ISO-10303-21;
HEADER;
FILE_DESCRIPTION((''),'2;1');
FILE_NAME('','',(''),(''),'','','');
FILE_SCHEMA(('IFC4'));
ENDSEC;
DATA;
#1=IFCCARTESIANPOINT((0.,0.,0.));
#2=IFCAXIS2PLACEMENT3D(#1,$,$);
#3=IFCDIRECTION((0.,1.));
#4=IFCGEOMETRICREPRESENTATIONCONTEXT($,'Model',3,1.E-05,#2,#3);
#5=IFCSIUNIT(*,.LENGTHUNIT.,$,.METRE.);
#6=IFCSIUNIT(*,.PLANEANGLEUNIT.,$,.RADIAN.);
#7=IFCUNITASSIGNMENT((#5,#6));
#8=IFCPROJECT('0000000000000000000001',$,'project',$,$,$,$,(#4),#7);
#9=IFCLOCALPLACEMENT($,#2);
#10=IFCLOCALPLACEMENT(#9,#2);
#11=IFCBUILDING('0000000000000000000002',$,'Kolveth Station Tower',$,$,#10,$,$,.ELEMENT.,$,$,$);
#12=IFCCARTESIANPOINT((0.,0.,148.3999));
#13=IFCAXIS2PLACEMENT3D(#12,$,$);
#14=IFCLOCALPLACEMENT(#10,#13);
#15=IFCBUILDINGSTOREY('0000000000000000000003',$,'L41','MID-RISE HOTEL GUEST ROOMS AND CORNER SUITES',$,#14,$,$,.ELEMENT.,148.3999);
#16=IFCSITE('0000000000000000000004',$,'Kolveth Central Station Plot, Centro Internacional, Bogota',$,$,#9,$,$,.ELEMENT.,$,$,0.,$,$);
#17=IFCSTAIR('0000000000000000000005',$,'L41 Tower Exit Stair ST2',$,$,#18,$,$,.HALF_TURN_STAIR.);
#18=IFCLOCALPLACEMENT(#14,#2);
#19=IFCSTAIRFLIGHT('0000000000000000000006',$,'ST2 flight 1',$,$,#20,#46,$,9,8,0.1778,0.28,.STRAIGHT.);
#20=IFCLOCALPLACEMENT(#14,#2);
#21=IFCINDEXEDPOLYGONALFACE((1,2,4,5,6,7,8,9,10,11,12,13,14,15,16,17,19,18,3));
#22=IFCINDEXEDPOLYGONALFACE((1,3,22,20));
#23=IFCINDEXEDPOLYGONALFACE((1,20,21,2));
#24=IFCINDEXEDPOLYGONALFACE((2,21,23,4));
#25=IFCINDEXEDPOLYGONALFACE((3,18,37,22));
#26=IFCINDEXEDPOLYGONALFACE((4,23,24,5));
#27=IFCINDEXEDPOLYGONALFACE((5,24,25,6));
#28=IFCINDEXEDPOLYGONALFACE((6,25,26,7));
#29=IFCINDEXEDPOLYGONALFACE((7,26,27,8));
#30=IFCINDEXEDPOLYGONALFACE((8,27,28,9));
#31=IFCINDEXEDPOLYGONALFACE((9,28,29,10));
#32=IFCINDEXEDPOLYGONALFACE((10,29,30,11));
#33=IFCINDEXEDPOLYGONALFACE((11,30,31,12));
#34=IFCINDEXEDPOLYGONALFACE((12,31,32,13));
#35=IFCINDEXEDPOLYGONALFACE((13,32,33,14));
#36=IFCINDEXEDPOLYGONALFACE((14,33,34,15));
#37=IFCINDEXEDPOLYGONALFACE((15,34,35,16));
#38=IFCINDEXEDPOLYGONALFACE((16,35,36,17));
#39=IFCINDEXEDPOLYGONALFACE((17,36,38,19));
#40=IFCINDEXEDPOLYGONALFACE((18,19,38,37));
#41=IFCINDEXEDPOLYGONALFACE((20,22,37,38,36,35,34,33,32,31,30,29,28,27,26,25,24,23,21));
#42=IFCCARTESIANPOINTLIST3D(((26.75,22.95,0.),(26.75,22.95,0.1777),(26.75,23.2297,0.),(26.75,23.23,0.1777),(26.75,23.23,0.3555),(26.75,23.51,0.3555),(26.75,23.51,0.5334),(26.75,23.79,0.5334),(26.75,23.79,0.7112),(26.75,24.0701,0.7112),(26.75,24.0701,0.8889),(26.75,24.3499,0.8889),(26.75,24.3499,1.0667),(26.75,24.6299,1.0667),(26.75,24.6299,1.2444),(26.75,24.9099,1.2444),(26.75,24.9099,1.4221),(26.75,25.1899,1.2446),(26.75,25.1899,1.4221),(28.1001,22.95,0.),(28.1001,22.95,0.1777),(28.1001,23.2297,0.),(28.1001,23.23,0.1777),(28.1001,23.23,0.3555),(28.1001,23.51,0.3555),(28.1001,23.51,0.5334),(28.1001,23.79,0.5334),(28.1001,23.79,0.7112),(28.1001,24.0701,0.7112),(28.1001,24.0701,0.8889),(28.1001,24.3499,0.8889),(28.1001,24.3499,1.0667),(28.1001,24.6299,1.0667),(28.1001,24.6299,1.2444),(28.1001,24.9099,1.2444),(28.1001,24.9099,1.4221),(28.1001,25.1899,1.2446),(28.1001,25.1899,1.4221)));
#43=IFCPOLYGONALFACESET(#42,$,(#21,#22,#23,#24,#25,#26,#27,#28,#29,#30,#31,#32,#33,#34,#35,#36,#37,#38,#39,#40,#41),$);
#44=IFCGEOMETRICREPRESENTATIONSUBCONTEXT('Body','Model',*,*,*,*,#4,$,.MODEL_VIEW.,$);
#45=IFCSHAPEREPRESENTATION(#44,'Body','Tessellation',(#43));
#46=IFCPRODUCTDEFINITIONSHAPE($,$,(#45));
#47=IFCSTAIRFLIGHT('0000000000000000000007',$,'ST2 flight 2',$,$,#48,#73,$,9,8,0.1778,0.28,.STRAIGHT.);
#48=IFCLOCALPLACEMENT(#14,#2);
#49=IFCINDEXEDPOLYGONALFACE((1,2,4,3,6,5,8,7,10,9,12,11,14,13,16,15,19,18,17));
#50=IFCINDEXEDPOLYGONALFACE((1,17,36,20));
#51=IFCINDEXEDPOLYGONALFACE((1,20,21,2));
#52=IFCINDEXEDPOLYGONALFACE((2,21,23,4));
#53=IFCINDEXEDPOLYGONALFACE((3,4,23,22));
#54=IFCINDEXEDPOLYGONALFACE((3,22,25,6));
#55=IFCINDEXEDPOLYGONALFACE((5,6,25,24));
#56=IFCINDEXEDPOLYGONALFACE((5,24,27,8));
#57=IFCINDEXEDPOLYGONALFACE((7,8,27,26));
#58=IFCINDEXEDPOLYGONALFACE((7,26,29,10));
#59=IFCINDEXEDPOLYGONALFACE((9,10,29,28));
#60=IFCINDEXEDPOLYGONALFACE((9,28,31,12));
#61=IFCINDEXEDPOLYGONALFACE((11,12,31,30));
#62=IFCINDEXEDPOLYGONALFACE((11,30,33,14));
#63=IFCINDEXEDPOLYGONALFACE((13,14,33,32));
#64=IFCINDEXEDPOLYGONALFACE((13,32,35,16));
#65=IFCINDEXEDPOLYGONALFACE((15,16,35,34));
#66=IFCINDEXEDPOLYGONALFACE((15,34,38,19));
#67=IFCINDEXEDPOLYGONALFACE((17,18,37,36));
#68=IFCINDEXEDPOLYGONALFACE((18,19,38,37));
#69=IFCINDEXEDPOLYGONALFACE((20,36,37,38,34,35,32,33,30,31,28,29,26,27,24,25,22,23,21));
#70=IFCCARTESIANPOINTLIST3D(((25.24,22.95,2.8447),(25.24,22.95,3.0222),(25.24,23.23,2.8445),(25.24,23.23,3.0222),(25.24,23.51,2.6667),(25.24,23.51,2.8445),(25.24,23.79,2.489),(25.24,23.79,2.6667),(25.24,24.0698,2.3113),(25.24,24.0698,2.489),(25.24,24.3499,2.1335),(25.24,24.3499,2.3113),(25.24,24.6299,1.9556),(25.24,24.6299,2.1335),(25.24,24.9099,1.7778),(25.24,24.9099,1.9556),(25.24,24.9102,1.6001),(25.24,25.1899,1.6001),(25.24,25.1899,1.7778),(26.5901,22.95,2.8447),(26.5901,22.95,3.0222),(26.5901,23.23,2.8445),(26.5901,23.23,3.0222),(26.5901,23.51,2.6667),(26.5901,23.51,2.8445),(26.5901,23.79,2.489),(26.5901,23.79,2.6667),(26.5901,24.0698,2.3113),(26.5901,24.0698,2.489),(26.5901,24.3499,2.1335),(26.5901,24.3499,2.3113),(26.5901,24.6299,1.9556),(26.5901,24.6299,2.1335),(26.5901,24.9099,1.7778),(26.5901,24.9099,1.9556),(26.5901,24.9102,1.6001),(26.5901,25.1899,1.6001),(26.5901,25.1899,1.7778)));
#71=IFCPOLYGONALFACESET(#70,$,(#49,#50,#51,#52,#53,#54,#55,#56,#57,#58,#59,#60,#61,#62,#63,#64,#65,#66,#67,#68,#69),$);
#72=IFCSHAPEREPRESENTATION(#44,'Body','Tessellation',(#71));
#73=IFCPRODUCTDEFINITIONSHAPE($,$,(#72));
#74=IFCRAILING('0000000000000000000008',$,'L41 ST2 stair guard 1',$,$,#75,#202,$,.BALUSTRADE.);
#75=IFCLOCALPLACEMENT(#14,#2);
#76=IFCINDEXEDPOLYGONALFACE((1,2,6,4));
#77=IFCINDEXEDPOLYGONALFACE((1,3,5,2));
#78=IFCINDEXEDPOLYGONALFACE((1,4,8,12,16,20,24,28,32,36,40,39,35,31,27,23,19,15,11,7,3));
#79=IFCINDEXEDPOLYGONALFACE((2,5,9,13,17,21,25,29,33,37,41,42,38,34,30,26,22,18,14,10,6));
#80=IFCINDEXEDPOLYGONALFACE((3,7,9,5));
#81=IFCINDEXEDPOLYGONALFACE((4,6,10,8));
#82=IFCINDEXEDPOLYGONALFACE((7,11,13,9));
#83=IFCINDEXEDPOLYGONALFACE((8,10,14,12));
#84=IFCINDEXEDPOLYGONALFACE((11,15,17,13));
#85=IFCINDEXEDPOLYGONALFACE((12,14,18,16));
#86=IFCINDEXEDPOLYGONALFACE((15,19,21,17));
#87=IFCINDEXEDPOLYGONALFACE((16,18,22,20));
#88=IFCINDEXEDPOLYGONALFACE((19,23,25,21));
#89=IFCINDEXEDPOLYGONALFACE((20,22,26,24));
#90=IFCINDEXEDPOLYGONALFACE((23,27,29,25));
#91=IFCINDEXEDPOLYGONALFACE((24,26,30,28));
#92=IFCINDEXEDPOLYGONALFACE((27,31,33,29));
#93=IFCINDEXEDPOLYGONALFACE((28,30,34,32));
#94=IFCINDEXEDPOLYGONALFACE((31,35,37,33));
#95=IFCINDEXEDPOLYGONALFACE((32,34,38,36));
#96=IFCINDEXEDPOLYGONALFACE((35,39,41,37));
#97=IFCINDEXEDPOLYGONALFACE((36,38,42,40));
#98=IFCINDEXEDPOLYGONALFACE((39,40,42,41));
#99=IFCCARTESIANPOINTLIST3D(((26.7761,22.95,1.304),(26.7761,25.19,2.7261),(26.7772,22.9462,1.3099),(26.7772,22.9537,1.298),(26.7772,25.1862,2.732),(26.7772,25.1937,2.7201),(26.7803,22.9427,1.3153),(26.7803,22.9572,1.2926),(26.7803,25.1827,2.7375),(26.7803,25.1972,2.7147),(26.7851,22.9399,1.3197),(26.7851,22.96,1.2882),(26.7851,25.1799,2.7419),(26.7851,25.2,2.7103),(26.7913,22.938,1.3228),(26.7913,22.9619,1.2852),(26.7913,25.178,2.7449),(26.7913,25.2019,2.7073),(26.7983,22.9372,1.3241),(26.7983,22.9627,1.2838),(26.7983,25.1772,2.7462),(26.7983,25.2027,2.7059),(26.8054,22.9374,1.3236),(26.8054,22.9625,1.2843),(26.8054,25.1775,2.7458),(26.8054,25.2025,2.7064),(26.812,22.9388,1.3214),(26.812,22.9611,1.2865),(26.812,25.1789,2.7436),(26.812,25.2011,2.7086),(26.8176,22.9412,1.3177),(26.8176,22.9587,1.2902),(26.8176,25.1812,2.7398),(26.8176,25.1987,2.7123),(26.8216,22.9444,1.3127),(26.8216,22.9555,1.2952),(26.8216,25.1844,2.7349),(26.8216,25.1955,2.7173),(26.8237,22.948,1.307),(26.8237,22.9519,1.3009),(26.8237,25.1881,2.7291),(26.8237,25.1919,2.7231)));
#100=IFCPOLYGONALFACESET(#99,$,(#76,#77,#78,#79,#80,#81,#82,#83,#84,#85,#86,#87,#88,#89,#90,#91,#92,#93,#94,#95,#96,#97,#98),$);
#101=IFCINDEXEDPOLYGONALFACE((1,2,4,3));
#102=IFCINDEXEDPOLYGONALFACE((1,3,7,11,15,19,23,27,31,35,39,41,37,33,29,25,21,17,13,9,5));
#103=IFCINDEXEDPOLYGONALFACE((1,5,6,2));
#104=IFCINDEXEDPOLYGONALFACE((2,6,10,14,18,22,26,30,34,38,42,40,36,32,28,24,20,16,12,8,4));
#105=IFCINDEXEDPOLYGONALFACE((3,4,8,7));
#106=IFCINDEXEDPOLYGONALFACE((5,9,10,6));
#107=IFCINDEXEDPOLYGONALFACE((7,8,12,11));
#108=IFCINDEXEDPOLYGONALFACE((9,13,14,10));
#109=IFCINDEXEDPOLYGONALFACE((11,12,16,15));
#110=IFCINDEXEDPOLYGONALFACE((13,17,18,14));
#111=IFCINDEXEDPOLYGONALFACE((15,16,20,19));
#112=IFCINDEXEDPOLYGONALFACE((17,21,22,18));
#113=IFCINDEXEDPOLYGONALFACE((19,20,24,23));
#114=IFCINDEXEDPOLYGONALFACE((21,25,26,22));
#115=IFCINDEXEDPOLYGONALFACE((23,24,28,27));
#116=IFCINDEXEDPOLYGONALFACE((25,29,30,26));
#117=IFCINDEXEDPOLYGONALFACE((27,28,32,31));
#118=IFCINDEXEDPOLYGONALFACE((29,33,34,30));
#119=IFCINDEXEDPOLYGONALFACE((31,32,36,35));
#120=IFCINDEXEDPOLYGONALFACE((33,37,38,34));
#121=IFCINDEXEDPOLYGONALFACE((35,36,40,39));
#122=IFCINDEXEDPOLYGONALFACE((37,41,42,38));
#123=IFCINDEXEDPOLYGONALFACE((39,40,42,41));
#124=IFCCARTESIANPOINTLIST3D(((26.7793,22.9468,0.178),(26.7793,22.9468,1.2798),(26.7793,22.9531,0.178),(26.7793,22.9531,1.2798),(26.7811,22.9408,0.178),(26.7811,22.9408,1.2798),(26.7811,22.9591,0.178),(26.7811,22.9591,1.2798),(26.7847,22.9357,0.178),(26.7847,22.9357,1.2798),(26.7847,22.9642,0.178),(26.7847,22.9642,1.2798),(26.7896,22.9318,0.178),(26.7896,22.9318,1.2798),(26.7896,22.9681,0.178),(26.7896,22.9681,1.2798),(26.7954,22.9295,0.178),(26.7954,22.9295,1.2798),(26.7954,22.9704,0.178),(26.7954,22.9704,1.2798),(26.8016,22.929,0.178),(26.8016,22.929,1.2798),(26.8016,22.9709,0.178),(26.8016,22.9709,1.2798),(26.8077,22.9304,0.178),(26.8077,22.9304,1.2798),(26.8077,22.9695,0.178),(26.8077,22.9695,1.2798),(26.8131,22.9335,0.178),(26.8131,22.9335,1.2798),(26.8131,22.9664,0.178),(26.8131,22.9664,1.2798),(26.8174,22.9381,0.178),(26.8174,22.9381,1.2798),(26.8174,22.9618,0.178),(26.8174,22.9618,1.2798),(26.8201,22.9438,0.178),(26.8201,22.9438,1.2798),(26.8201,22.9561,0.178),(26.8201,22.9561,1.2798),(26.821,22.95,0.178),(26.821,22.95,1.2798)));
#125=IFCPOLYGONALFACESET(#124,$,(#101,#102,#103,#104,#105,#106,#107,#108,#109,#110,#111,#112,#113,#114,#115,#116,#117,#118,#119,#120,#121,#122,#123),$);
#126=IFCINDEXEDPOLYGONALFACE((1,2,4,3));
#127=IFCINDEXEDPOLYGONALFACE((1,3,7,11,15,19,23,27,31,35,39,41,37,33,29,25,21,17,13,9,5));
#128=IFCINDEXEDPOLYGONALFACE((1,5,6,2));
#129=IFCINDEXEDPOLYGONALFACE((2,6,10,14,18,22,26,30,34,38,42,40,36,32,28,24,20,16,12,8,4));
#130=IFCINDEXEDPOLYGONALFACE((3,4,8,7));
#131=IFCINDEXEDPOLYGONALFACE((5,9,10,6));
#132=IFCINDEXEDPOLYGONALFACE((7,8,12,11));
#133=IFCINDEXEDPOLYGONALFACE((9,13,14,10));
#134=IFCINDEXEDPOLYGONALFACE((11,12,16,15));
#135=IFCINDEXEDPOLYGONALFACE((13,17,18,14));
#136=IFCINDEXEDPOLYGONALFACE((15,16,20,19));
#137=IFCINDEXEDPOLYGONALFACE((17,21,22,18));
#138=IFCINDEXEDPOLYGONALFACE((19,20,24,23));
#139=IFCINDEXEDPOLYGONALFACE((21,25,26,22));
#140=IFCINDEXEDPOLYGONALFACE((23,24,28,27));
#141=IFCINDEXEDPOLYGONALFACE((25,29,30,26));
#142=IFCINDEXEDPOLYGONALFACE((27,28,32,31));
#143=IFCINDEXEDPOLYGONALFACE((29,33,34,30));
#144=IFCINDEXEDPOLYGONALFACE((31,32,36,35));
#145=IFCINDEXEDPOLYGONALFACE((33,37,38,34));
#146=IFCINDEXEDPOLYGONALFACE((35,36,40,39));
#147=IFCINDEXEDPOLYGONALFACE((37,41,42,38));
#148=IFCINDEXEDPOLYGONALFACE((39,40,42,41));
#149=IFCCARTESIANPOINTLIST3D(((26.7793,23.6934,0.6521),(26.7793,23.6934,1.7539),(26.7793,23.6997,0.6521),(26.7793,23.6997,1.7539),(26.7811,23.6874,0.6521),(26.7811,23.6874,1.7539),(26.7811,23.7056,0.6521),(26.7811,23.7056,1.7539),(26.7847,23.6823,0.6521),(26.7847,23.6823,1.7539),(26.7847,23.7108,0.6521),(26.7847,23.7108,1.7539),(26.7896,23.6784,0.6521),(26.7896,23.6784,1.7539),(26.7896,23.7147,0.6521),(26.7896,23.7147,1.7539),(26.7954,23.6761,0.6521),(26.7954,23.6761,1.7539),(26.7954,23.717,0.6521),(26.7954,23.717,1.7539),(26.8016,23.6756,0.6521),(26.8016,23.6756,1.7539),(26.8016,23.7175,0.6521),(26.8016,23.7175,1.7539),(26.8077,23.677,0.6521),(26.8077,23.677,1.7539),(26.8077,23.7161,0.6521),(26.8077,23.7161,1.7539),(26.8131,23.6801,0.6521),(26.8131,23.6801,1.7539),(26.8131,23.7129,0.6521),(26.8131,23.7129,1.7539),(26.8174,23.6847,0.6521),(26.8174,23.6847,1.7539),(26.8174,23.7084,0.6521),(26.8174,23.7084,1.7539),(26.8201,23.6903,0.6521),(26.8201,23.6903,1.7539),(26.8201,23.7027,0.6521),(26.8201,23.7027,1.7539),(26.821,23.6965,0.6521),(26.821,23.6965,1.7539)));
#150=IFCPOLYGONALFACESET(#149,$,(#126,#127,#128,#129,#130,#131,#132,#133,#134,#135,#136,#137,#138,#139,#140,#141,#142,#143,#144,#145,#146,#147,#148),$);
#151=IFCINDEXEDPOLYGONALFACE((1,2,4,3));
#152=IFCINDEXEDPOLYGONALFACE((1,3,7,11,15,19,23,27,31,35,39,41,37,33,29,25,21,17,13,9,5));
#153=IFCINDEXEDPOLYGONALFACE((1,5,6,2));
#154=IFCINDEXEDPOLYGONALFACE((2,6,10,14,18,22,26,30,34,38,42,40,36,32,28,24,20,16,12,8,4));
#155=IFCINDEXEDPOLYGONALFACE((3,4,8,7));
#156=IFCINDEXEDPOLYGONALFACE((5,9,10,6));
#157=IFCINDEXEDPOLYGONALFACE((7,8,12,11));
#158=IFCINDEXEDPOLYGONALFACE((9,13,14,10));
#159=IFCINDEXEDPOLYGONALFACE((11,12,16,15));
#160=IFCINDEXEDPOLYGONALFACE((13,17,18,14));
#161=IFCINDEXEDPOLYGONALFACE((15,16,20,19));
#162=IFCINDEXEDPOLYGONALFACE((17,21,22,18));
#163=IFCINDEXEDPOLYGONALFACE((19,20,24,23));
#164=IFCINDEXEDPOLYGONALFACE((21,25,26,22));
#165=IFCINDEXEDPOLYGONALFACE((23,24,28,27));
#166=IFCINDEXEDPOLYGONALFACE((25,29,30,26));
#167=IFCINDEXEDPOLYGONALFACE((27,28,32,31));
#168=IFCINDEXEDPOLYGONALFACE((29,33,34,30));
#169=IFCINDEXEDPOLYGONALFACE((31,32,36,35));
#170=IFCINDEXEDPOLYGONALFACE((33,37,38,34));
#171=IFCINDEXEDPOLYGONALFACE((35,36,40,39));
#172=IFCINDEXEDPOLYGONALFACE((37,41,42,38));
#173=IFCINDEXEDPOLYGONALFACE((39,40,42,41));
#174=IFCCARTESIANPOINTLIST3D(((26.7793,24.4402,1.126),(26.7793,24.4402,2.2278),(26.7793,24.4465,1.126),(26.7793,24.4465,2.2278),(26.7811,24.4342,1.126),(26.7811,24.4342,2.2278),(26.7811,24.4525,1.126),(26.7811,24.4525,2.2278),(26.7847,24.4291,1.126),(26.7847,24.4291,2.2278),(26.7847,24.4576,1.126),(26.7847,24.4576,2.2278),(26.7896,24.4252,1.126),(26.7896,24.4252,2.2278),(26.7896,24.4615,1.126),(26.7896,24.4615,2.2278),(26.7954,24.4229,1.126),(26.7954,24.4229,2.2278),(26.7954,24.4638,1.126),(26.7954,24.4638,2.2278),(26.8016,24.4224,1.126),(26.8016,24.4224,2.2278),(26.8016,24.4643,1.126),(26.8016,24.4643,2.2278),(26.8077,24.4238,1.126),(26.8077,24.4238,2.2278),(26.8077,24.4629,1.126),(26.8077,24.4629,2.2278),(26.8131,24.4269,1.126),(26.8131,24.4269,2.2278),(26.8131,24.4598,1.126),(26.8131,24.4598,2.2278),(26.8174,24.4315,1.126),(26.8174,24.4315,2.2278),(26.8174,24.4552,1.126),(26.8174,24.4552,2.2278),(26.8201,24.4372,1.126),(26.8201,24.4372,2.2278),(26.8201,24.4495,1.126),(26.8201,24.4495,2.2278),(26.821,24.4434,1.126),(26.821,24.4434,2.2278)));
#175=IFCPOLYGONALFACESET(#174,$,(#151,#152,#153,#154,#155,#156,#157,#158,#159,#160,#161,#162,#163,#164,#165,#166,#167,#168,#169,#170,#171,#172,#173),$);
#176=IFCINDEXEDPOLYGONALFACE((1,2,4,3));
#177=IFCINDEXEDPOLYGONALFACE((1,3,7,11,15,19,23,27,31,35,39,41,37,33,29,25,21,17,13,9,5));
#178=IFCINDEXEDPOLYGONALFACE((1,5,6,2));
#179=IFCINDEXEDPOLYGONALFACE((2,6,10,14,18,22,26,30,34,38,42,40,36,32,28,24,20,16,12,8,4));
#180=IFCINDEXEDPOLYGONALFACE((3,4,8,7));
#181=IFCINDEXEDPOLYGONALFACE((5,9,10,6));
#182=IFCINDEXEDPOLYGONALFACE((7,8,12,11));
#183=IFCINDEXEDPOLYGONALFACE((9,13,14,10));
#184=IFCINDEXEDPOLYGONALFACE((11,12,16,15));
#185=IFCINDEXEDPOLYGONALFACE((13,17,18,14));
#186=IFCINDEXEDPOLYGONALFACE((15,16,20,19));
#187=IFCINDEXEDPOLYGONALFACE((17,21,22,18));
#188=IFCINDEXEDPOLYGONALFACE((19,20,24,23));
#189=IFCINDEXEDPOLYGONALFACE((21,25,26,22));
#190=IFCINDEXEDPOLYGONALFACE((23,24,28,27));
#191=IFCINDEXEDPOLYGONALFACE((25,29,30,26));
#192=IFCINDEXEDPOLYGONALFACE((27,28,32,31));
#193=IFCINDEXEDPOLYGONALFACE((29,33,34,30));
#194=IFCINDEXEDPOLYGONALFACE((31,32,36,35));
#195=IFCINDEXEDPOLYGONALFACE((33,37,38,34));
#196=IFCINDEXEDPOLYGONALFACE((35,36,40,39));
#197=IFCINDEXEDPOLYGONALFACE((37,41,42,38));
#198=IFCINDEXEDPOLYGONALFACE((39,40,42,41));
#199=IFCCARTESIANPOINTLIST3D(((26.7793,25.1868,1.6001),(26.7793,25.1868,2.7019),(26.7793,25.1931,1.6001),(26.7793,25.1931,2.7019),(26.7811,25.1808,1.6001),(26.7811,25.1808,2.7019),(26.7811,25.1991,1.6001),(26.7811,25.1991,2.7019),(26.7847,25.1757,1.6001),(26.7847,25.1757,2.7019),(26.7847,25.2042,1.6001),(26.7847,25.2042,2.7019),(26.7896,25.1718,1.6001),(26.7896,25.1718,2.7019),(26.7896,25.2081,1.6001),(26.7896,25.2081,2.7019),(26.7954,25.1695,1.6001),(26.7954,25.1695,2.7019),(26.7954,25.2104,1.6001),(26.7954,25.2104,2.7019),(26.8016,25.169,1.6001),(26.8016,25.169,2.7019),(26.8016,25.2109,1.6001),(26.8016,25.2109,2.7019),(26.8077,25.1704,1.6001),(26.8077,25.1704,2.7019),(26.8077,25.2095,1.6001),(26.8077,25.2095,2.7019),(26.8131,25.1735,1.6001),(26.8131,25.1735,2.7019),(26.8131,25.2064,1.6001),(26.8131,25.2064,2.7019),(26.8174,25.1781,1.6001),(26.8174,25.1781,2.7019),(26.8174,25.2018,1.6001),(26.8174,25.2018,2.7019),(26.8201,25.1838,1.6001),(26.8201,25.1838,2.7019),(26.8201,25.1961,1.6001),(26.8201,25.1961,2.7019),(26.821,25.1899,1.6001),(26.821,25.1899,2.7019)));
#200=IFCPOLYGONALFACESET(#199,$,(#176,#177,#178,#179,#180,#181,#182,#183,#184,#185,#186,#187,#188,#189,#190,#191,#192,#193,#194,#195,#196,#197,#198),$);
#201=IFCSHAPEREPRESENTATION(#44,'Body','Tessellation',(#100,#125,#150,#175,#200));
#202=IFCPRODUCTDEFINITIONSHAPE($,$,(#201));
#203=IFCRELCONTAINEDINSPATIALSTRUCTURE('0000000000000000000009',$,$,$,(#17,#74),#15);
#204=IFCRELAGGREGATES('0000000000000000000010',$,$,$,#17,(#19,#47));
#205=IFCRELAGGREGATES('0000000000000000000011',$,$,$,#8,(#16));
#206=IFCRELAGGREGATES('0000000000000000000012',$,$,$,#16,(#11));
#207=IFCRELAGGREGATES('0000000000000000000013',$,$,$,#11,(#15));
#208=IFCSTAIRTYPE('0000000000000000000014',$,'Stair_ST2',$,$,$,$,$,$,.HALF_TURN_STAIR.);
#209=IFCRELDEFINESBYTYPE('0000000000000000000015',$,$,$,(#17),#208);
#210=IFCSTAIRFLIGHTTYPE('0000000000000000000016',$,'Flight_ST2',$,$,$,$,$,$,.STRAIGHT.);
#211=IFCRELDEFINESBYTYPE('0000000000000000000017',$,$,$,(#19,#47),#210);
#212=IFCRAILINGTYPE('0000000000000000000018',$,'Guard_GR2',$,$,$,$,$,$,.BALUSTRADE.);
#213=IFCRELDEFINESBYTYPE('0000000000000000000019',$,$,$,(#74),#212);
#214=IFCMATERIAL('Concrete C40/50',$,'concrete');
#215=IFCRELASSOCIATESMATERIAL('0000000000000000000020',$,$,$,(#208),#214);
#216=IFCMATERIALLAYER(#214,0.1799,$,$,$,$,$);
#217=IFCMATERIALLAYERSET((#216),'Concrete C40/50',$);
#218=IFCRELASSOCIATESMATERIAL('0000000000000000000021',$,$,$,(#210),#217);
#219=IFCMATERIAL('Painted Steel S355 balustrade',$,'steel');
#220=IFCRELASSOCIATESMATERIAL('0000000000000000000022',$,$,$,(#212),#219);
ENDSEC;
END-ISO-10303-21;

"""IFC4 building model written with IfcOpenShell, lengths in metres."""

from ifc_helpers import new_model, si_unit, direction, frame, origin, origin_2d, place, context, subcontext, project, spatial, polyline, circle, outline, extrude, material, layer, layer_set, type_object, element, aggregate, save


model = new_model("IFC4")

# Units and contexts
model_context = context("Model", 3, precision=1e-05, world=origin(), true_north=direction((0.0, 1.0)))
body_context = subcontext(model_context, "Body", "Model", "MODEL_VIEW")
ifc_project = project(units=[si_unit("LENGTHUNIT", "METRE"), si_unit("PLANEANGLEUNIT", "RADIAN")], contexts=[model_context])

# Site, building, storey
site_placement = place(None, origin())
site = spatial("IfcSite", under=ifc_project, at=site_placement, Name="Kolveth Central Station Plot, Centro Internacional, Bogota", CompositionType="ELEMENT", RefElevation=0.0)
building_placement = place(site_placement, origin())
building = spatial("IfcBuilding", under=site, at=building_placement, Name="Kolveth Station Tower", CompositionType="ELEMENT")
storey_placement = place(building_placement, frame((0.0, 0.0, 148.3999)))
storey = spatial("IfcBuildingStorey", under=building, at=storey_placement, Name="L41", Description="MID-RISE HOTEL GUEST ROOMS AND CORNER SUITES", CompositionType="ELEMENT", Elevation=148.3999)

# Shared definitions
ifc_material_1 = material(Name="Concrete C40/50", Category="concrete")

# Stair, stair flights
stair_type = type_object("IfcStairType", Name="Stair_ST2", PredefinedType="HALF_TURN_STAIR", material=ifc_material_1)
stair_placement = place(storey_placement, origin())
stair = element("IfcStair", 1, at=stair_placement, inside=storey, type_object=stair_type, Name="L41 Tower Exit Stair ST2", PredefinedType="HALF_TURN_STAIR")
ifc_layer_1 = layer(ifc_material_1, 0.1799)
ifc_layer_set_1 = layer_set([ifc_layer_1], Name="Concrete C40/50")
stair_flight_type = type_object("IfcStairFlightType", Name="Flight_ST2", PredefinedType="STRAIGHT", material=ifc_layer_set_1)
stair_flight_1_placement = place(storey_placement, frame((27.425, 22.95, 0.0), z_axis=(0.0, 0.0, 1.0), x_axis=(0.0, 1.0, 0.0)))
stair_flight_1 = element("IfcStairFlight", 2, at=stair_flight_1_placement, type_object=stair_flight_type, Name="ST2 flight 1", NumberOfRisers=9, NumberOfTreads=8, PredefinedType="STRAIGHT", RiserHeight=0.1778, TreadLength=0.28, context=body_context, shape_type="SweptSolid", body=[
    extrude(outline(polyline([(0.0, 0.0), (0.0, 0.1777), (0.28, 0.1777), (0.28, 0.3555), (0.5601, 0.3555), (0.5601, 0.5334), (0.8401, 0.5334), (0.8401, 0.7112), (1.1201, 0.7112), (1.1201, 0.8889), (1.3999, 0.8889), (1.3999, 1.0667), (1.6799, 1.0667), (1.6799, 1.2444), (1.96, 1.2444), (1.96, 1.4221), (2.24, 1.4221), (2.24, 1.6001), (2.24, 1.2446), (0.2798, 0.0), (0.0, 0.0)])), frame((0.0, 0.675, 0.0), z_axis=(0.0, -1.0, 0.0), x_axis=(1.0, 0.0, 0.0)), (0.0, 0.0, 1.0), 1.3501),
])
stair_flight_2_placement = place(storey_placement, frame((25.915, 25.1899, 1.6001), z_axis=(0.0, 0.0, 1.0), x_axis=(0.0, -1.0, 0.0)))
stair_flight_2 = element("IfcStairFlight", 3, at=stair_flight_2_placement, type_object=stair_flight_type, Name="ST2 flight 2", NumberOfRisers=9, NumberOfTreads=8, PredefinedType="STRAIGHT", RiserHeight=0.1778, TreadLength=0.28, context=body_context, shape_type="SweptSolid", body=[
    extrude(outline(polyline([(0.0, 0.0), (0.0, 0.1777), (0.28, 0.1777), (0.28, 0.3555), (0.5601, 0.3555), (0.5601, 0.5334), (0.8401, 0.5334), (0.8401, 0.7112), (1.1201, 0.7112), (1.1201, 0.8889), (1.3999, 0.8889), (1.3999, 1.0667), (1.6799, 1.0667), (1.6799, 1.2444), (1.96, 1.2444), (1.96, 1.4221), (2.24, 1.4221), (2.24, 1.6001), (2.24, 1.2446), (0.2798, 0.0), (0.0, 0.0)])), frame((0.0, 0.675, 0.0), z_axis=(0.0, -1.0, 0.0), x_axis=(1.0, 0.0, 0.0)), (0.0, 0.0, 1.0), 1.3501),
])
aggregate(stair, [stair_flight_1, stair_flight_2])

# Railing
ifc_material_2 = material(Name="Painted Steel S355 balustrade", Category="steel")
railing_type_1 = type_object("IfcRailingType", Name="Guard_GR2", PredefinedType="BALUSTRADE", material=ifc_material_2)
railing_1_placement = place(storey_placement, frame((26.8, 22.95, 0.178)))
element("IfcRailing", 4, at=railing_1_placement, inside=storey, type_object=railing_type_1, Name="L41 ST2 stair guard 1", PredefinedType="BALUSTRADE", context=body_context, shape_type="SweptSolid", body=[
    extrude(circle(Radius=0.0239, at=origin_2d()), frame((0.0, 0.0, 1.126), z_axis=(0.0, 0.844229, 0.535982), x_axis=(-1.0, 0.0, 0.0)), (0.0, 0.0, 1.0), 2.6533),
    extrude(circle(Radius=0.021, at=origin_2d()), origin(), (0.0, 0.0, 1.0), 1.1018),
    extrude(circle(Radius=0.021, at=origin_2d()), frame((0.0, 0.7466, 0.4741)), (0.0, 0.0, 1.0), 1.1018),
    extrude(circle(Radius=0.021, at=origin_2d()), frame((0.0, 1.4934, 0.948)), (0.0, 0.0, 1.0), 1.1018),
    extrude(circle(Radius=0.021, at=origin_2d()), frame((0.0, 2.24, 1.4221)), (0.0, 0.0, 1.0), 1.1018),
])

save(model, "model.ifc")
